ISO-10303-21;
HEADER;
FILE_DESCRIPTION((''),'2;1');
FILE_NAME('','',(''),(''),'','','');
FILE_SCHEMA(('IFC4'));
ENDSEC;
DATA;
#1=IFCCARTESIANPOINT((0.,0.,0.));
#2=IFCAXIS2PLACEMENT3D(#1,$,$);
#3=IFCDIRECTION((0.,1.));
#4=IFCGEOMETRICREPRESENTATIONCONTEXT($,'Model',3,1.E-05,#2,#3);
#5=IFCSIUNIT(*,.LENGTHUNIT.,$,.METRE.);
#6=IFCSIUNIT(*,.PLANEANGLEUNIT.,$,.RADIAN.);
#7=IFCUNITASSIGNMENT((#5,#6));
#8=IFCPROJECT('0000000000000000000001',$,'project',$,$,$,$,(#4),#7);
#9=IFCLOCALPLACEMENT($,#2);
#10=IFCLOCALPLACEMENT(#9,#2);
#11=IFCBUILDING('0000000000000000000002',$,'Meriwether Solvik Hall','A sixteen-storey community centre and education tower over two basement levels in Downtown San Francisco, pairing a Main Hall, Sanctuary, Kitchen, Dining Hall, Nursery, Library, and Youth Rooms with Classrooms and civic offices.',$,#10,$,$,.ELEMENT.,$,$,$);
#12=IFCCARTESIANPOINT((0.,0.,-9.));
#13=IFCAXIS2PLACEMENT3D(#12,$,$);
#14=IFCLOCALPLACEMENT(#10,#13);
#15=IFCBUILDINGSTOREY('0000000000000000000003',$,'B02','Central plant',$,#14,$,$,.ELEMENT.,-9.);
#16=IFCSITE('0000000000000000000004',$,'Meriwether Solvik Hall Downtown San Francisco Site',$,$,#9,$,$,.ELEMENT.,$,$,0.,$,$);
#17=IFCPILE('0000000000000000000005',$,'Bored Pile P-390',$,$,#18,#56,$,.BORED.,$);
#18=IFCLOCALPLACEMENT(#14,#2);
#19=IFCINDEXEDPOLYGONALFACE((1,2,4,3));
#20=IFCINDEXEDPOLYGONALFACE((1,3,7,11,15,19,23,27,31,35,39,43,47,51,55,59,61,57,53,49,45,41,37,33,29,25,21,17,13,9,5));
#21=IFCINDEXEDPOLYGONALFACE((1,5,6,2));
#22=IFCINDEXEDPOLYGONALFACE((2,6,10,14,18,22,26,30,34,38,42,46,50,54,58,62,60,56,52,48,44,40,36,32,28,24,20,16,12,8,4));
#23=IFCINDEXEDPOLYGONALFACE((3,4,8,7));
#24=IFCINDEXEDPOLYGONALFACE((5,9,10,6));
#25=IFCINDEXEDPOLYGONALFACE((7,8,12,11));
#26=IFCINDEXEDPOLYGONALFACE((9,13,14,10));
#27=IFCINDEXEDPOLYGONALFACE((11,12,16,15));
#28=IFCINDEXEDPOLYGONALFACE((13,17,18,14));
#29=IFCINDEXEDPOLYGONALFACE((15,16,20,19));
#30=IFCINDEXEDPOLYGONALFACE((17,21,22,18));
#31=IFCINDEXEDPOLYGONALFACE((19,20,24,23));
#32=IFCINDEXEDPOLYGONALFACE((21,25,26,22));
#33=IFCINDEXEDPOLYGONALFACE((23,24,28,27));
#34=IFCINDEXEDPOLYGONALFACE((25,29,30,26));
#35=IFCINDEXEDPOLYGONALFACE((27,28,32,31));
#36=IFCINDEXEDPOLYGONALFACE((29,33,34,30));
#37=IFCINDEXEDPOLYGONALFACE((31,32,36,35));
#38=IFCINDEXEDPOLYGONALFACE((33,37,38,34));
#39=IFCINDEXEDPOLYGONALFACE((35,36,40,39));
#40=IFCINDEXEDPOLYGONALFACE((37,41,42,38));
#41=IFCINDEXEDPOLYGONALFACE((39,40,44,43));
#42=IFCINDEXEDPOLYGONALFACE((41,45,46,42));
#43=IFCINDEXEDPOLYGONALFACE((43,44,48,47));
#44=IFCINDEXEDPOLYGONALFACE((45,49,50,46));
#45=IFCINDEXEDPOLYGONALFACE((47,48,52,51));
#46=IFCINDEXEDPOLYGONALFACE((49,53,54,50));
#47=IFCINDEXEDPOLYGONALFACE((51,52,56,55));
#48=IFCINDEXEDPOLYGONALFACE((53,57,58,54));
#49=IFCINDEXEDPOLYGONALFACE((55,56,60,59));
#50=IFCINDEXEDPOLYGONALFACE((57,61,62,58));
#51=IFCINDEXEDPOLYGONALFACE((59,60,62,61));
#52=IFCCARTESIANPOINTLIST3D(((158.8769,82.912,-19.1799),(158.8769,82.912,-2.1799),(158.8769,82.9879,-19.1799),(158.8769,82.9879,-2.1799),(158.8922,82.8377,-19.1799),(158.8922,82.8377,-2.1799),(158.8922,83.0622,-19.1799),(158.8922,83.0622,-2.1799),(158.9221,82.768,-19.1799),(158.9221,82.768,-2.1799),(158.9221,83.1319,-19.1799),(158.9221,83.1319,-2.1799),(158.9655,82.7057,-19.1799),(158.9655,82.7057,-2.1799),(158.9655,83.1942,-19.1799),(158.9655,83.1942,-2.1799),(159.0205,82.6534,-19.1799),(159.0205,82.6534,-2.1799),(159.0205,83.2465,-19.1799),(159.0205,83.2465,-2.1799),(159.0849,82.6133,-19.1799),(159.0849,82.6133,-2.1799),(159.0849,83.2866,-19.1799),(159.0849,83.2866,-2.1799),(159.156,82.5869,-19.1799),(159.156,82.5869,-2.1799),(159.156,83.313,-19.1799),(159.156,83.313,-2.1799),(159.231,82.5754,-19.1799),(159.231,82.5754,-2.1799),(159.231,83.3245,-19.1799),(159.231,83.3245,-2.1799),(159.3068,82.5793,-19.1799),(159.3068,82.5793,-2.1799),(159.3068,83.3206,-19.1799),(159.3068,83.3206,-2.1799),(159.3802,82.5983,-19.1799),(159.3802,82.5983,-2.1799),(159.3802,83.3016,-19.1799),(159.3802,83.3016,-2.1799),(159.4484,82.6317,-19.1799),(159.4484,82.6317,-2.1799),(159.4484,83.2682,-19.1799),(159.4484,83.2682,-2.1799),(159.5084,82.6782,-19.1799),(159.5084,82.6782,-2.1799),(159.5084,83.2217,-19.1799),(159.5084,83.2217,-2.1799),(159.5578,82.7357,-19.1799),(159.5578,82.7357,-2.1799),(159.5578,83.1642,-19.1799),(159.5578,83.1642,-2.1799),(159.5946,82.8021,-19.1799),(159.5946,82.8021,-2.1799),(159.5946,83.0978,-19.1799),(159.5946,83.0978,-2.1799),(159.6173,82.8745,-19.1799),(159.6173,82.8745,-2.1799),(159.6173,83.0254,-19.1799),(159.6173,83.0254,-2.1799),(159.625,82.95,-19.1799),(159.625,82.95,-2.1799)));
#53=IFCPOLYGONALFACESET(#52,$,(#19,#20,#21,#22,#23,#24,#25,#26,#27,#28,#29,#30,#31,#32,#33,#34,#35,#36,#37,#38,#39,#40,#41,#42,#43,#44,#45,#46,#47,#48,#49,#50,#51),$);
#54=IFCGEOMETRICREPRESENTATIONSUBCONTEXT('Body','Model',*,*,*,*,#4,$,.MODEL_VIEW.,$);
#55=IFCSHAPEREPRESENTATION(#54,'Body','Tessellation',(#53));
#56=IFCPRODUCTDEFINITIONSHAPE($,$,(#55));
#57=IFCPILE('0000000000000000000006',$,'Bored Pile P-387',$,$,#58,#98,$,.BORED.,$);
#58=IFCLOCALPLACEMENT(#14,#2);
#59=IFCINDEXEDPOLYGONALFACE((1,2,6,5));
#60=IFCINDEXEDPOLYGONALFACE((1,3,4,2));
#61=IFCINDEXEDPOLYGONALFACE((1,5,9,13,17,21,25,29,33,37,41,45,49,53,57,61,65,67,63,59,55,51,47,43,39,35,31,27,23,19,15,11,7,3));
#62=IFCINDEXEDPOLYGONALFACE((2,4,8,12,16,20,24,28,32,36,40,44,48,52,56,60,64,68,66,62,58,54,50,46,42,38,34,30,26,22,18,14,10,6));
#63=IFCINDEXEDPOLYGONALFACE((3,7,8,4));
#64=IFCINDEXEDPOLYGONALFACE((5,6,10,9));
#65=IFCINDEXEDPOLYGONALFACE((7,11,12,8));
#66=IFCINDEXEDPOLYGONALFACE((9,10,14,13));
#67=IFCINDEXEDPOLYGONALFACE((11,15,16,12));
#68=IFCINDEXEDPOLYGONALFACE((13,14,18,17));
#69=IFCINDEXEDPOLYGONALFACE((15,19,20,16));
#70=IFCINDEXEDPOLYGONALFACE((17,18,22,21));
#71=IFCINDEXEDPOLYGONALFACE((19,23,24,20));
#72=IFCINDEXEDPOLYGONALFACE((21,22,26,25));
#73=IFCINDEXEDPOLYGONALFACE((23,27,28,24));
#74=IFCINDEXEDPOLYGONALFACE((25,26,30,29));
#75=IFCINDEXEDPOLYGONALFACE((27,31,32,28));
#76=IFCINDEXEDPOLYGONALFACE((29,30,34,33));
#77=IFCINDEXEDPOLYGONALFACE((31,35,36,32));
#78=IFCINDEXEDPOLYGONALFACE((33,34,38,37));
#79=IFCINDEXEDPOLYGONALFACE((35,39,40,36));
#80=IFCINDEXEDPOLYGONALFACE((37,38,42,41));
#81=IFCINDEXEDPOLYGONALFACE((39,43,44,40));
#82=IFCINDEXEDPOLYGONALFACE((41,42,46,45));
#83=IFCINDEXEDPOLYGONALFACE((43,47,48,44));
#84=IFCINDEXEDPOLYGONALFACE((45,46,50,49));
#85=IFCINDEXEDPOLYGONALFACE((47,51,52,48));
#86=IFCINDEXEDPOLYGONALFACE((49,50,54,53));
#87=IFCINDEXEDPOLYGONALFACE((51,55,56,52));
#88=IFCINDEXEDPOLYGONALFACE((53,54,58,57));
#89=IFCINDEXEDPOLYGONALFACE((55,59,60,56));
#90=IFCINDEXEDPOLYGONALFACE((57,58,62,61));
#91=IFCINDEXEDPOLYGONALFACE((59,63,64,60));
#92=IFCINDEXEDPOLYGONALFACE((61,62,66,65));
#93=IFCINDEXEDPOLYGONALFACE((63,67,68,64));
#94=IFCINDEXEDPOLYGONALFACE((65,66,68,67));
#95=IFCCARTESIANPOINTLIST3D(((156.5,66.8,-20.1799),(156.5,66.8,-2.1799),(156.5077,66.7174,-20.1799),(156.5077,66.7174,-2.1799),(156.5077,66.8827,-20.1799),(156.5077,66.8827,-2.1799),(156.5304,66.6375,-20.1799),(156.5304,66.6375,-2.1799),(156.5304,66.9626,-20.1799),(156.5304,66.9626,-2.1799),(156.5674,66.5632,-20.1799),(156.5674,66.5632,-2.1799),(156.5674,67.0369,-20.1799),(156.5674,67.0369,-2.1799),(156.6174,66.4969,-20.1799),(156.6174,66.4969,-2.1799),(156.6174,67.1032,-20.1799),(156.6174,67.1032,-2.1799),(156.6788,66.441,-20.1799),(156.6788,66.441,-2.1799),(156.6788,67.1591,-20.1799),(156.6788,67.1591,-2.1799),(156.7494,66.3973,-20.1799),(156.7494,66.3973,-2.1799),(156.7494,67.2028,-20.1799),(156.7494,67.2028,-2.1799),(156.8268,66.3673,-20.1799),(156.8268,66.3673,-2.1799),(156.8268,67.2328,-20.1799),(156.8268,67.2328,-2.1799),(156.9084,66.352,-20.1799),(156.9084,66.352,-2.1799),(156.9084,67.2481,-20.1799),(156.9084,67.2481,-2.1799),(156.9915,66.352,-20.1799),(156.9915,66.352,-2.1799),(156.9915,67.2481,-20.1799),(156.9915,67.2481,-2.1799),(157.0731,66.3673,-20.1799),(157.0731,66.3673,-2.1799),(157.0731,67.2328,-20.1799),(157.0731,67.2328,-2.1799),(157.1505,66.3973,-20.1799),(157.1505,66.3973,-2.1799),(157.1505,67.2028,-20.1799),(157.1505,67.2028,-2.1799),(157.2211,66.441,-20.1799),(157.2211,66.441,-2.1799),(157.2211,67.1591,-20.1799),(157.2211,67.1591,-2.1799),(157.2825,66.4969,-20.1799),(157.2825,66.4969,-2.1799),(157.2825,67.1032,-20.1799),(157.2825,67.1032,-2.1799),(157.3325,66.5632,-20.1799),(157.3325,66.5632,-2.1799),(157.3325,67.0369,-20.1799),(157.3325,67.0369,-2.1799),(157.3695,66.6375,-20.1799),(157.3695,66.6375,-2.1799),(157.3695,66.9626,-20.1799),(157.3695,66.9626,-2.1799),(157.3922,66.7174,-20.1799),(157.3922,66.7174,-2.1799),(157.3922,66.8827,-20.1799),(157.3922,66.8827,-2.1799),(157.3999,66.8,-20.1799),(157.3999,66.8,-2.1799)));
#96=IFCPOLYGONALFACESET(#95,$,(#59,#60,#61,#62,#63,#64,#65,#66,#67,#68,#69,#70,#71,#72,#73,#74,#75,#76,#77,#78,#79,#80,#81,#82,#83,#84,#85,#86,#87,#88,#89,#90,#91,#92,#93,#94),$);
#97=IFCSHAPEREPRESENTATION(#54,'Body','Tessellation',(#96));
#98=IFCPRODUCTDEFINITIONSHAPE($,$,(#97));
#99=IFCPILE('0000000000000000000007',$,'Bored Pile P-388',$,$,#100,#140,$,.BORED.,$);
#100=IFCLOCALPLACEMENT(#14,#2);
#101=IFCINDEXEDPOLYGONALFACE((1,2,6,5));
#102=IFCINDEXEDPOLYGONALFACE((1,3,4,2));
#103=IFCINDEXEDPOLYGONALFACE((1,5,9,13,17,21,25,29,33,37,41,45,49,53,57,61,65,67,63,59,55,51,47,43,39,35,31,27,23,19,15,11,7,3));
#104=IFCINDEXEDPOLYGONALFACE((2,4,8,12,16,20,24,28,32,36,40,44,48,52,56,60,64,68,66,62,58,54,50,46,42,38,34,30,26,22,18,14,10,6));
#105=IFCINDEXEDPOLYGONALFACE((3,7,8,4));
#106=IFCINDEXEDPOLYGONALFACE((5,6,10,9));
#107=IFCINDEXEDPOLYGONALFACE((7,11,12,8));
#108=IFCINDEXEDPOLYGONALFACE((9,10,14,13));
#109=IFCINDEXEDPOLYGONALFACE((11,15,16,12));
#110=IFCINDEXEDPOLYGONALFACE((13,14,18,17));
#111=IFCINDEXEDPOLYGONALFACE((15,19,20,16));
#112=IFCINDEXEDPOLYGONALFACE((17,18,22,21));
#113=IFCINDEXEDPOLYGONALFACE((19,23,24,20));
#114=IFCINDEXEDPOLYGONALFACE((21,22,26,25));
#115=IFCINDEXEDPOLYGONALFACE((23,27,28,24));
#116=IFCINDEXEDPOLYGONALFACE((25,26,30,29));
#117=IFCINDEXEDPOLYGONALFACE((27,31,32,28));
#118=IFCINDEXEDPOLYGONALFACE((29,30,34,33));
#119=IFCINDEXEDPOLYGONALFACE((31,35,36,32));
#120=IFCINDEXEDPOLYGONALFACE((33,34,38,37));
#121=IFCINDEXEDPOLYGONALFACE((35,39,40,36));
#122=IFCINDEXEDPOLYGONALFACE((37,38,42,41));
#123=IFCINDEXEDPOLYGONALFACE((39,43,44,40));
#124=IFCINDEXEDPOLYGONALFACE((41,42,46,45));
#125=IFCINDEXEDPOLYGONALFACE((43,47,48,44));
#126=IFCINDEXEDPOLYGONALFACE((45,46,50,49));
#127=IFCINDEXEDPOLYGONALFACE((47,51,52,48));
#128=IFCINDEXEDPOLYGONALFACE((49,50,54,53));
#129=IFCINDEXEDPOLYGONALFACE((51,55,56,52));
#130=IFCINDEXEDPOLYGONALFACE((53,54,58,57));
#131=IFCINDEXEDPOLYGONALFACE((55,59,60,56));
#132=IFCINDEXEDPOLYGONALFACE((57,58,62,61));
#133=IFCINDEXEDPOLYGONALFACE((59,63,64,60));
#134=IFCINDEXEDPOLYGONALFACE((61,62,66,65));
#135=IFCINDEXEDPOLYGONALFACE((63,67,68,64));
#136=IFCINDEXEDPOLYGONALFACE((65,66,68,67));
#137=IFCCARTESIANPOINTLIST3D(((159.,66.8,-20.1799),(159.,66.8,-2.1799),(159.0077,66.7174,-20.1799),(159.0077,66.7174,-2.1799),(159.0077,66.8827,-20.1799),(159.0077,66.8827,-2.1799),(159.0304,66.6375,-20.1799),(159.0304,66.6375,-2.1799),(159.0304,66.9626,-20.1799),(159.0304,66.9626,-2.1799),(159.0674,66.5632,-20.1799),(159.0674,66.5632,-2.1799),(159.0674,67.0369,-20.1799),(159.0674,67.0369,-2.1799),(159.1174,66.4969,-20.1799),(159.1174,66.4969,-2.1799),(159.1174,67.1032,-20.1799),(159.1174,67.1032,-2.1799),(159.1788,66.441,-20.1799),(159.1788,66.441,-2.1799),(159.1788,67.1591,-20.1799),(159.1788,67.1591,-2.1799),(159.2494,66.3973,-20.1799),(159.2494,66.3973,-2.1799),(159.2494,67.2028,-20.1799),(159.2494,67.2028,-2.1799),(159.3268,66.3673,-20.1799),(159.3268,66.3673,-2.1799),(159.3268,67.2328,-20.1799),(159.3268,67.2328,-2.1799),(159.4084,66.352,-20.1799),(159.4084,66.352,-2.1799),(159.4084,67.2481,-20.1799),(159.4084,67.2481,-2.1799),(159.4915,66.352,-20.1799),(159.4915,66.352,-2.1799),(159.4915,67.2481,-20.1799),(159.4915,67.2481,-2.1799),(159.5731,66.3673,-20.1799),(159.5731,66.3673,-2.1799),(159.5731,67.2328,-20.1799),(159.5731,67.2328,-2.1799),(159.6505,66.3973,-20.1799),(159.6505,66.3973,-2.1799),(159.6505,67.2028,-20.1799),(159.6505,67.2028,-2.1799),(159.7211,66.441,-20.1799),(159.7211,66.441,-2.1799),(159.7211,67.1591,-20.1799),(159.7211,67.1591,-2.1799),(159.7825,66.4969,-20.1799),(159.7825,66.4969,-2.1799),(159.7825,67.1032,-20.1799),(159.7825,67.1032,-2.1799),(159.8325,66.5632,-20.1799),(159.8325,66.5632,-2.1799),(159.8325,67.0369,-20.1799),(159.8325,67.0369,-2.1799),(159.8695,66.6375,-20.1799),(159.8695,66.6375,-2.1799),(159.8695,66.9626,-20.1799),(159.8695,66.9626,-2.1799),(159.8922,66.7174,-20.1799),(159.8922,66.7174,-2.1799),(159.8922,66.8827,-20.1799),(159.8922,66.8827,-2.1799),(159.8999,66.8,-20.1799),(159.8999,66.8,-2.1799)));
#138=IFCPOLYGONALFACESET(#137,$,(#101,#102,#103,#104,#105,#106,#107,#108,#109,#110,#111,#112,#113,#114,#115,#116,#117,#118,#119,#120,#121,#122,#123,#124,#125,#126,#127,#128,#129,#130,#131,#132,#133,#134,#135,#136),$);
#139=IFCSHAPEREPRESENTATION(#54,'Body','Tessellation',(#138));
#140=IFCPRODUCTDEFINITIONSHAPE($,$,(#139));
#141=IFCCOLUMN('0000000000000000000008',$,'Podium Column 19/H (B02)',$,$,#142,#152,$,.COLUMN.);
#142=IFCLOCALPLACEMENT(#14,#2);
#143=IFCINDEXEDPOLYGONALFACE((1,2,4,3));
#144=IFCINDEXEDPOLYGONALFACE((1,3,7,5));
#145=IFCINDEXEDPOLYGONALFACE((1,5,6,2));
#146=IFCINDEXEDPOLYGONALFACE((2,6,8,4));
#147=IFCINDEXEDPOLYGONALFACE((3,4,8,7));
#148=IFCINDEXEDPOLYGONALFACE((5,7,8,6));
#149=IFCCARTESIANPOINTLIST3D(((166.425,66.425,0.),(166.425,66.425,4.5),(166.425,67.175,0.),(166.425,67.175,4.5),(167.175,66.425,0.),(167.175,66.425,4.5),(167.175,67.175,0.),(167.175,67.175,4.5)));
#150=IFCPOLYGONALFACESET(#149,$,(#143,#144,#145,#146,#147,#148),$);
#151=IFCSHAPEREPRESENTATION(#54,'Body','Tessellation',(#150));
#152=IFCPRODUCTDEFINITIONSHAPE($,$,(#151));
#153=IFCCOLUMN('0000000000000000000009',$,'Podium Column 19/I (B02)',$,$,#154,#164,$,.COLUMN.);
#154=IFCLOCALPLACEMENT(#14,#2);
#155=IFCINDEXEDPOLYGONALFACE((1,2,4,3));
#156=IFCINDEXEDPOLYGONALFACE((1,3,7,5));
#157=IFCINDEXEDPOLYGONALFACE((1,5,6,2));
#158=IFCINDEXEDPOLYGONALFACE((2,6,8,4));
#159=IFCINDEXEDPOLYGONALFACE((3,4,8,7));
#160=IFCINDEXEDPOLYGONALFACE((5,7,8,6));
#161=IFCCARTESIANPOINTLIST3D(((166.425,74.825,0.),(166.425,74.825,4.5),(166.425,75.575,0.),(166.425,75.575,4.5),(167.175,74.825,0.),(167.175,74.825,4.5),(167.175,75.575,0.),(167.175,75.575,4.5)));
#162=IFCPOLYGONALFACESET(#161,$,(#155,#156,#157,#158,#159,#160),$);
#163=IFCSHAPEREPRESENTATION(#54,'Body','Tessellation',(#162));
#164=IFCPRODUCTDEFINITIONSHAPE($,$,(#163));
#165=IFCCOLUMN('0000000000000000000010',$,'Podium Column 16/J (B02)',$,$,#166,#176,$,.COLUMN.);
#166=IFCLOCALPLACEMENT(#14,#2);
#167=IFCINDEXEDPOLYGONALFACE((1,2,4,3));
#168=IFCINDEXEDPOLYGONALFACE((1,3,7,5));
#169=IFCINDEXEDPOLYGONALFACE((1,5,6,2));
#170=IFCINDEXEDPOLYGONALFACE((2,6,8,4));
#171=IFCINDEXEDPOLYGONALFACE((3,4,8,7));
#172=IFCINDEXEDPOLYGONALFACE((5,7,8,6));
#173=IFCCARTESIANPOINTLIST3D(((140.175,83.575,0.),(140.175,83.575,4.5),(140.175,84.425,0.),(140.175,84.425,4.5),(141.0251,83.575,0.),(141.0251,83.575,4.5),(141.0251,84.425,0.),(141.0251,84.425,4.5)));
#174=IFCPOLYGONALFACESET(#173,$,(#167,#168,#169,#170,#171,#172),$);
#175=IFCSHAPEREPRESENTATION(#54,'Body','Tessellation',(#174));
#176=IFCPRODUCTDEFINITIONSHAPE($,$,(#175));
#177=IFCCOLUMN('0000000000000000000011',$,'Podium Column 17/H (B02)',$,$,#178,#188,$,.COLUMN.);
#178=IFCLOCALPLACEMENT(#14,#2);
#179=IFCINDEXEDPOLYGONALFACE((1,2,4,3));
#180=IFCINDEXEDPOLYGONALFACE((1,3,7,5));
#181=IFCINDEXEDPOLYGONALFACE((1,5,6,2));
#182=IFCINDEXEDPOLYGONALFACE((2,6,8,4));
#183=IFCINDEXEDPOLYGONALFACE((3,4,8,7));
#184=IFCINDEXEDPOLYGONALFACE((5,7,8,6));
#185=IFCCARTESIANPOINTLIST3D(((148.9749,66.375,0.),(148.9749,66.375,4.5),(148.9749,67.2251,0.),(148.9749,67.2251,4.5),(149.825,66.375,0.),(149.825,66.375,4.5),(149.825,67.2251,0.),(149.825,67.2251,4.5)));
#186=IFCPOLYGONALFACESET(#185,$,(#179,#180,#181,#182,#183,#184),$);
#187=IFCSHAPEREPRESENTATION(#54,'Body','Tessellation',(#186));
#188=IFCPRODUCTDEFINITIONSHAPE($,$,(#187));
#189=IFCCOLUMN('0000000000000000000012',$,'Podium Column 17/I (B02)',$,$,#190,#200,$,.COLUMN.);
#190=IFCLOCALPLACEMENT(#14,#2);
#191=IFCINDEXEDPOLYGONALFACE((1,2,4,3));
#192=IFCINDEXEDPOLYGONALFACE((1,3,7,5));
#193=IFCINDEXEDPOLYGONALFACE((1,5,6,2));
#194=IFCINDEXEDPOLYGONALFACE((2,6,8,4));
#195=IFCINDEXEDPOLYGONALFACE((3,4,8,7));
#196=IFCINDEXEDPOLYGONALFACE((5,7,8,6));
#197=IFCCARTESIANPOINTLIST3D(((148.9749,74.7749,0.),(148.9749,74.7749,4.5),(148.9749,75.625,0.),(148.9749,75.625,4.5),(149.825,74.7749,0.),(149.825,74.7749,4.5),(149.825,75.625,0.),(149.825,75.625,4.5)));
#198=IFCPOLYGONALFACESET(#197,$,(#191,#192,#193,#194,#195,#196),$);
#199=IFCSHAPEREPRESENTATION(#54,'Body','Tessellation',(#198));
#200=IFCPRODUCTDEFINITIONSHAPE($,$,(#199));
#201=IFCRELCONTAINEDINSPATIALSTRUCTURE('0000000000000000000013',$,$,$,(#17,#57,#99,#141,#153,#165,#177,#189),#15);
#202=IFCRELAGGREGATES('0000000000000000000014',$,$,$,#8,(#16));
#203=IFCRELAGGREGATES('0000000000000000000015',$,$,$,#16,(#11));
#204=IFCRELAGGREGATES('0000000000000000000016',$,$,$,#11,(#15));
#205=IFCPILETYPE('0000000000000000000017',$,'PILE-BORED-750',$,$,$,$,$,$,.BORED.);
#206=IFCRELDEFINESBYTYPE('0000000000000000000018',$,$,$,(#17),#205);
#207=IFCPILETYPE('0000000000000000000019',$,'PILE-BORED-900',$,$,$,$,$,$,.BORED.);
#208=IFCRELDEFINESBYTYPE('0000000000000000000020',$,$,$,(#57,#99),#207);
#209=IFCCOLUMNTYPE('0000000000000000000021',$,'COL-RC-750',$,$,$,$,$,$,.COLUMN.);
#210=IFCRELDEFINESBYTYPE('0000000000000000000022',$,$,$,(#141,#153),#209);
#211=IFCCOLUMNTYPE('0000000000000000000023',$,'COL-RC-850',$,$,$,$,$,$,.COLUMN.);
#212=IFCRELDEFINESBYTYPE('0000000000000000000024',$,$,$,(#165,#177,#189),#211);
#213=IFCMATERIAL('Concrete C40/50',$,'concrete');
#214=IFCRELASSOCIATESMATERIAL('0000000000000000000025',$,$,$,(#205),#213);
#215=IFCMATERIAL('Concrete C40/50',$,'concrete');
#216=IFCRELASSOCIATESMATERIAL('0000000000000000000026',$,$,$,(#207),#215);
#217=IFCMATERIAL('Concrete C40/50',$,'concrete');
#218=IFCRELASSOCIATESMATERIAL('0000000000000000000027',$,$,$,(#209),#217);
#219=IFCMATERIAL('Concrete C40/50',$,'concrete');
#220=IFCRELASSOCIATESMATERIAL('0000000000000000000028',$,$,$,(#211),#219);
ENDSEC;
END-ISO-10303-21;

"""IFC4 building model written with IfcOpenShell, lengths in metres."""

from ifc_helpers import new_model, si_unit, direction, frame, origin, origin_2d, place, context, subcontext, project, spatial, rectangle, circle, extrude, material, material_profile, profile_set, type_object, element, save


model = new_model("IFC4")

# Units and contexts
model_context = context("Model", 3, precision=1e-05, world=origin(), true_north=direction((0.0, 1.0)))
body_context = subcontext(model_context, "Body", "Model", "MODEL_VIEW")
ifc_project = project(units=[si_unit("LENGTHUNIT", "METRE"), si_unit("PLANEANGLEUNIT", "RADIAN")], contexts=[model_context])

# Site, building, storey
site_placement = place(None, origin())
site = spatial("IfcSite", under=ifc_project, at=site_placement, Name="Meriwether Solvik Hall Downtown San Francisco Site", CompositionType="ELEMENT", RefElevation=0.0)
building_placement = place(site_placement, origin())
building = spatial("IfcBuilding", under=site, at=building_placement, Name="Meriwether Solvik Hall", Description="A sixteen-storey community centre and education tower over two basement levels in Downtown San Francisco, pairing a Main Hall, Sanctuary, Kitchen, Dining Hall, Nursery, Library, and Youth Rooms with Classrooms and civic offices.", CompositionType="ELEMENT")
storey_placement = place(building_placement, frame((0.0, 0.0, -9.0)))
storey = spatial("IfcBuildingStorey", under=building, at=storey_placement, Name="B02", Description="Central plant", CompositionType="ELEMENT", Elevation=-9.0)

# Piles
ifc_material_1 = material(Name="Concrete C40/50", Category="concrete")
ifc_material_profile_1 = material_profile(ifc_material_1, circle(Radius=0.375, at=origin_2d()), Name="PILE-D750")
ifc_profile_set_1 = profile_set([ifc_material_profile_1], Name="Concrete C40/50")
pile_type_1 = type_object("IfcPileType", Name="PILE-BORED-750", PredefinedType="BORED", material=ifc_profile_set_1)
for number, where, z_axis, x_axis, name in (
    (1, (159.25, 82.95, -2.1799), (0.0, 0.0, -1.0), (1.0, 0.0, 0.0), "Bored Pile P-390"),
):
    element("IfcPile", number, at=place(storey_placement, frame(where, z_axis=z_axis, x_axis=x_axis)), inside=storey, type_object=pile_type_1, Name=name, PredefinedType="BORED", context=body_context, shape_type="SweptSolid", body=[
        extrude(circle(Radius=0.375, at=origin_2d()), origin(), (0.0, 0.0, 1.0), 17.0),
    ])
ifc_material_2 = material(Name="Concrete C40/50", Category="concrete")
ifc_material_profile_2 = material_profile(ifc_material_2, circle(Radius=0.45, at=origin_2d()), Name="PILE-D900")
ifc_profile_set_2 = profile_set([ifc_material_profile_2], Name="Concrete C40/50")
pile_type_2 = type_object("IfcPileType", Name="PILE-BORED-900", PredefinedType="BORED", material=ifc_profile_set_2)
for number, where, z_axis, x_axis, name in (
    (2, (156.95, 66.8, -2.1799), (0.0, 0.0, -1.0), (1.0, 0.0, 0.0), "Bored Pile P-387"),
    (3, (159.45, 66.8, -2.1799), (0.0, 0.0, -1.0), (1.0, 0.0, 0.0), "Bored Pile P-388"),
):
    element("IfcPile", number, at=place(storey_placement, frame(where, z_axis=z_axis, x_axis=x_axis)), inside=storey, type_object=pile_type_2, Name=name, PredefinedType="BORED", context=body_context, shape_type="SweptSolid", body=[
        extrude(circle(Radius=0.45, at=origin_2d()), origin(), (0.0, 0.0, 1.0), 18.0),
    ])

# Columns
ifc_material_3 = material(Name="Concrete C40/50", Category="concrete")
ifc_material_profile_3 = material_profile(ifc_material_3, rectangle(XDim=0.75, YDim=0.75, at=origin_2d()), Name="RCC-750X750")
ifc_profile_set_3 = profile_set([ifc_material_profile_3], Name="Concrete C40/50")
column_type_1 = type_object("IfcColumnType", Name="COL-RC-750", PredefinedType="COLUMN", material=ifc_profile_set_3)
for number, where, z_axis, x_axis, name in (
    (4, (166.8, 66.8, 0.0), (0.0, 0.0, 1.0), (1.0, 0.0, 0.0), "Podium Column 19/H (B02)"),
    (5, (166.8, 75.2, 0.0), (0.0, 0.0, 1.0), (1.0, 0.0, 0.0), "Podium Column 19/I (B02)"),
):
    element("IfcColumn", number, at=place(storey_placement, frame(where, z_axis=z_axis, x_axis=x_axis)), inside=storey, type_object=column_type_1, Name=name, PredefinedType="COLUMN", context=body_context, shape_type="SweptSolid", body=[
        extrude(rectangle(XDim=0.75, YDim=0.75, at=origin_2d()), origin(), (0.0, 0.0, 1.0), 4.5),
    ])
ifc_material_4 = material(Name="Concrete C40/50", Category="concrete")
ifc_material_profile_4 = material_profile(ifc_material_4, rectangle(XDim=0.8501, YDim=0.8501, at=origin_2d()), Name="RCC-850X850")
ifc_profile_set_4 = profile_set([ifc_material_profile_4], Name="Concrete C40/50")
column_type_2 = type_object("IfcColumnType", Name="COL-RC-850", PredefinedType="COLUMN", material=ifc_profile_set_4)
for number, where, z_axis, x_axis, name in (
    (6, (140.6001, 84.0, 0.0), (0.0, 0.0, 1.0), (1.0, 0.0, 0.0), "Podium Column 16/J (B02)"),
    (7, (149.3999, 66.8, 0.0), (0.0, 0.0, 1.0), (1.0, 0.0, 0.0), "Podium Column 17/H (B02)"),
    (8, (149.3999, 75.2, 0.0), (0.0, 0.0, 1.0), (1.0, 0.0, 0.0), "Podium Column 17/I (B02)"),
):
    element("IfcColumn", number, at=place(storey_placement, frame(where, z_axis=z_axis, x_axis=x_axis)), inside=storey, type_object=column_type_2, Name=name, PredefinedType="COLUMN", context=body_context, shape_type="SweptSolid", body=[
        extrude(rectangle(XDim=0.8501, YDim=0.8501, at=origin_2d()), origin(), (0.0, 0.0, 1.0), 4.5),
    ])

save(model, "model.ifc")
